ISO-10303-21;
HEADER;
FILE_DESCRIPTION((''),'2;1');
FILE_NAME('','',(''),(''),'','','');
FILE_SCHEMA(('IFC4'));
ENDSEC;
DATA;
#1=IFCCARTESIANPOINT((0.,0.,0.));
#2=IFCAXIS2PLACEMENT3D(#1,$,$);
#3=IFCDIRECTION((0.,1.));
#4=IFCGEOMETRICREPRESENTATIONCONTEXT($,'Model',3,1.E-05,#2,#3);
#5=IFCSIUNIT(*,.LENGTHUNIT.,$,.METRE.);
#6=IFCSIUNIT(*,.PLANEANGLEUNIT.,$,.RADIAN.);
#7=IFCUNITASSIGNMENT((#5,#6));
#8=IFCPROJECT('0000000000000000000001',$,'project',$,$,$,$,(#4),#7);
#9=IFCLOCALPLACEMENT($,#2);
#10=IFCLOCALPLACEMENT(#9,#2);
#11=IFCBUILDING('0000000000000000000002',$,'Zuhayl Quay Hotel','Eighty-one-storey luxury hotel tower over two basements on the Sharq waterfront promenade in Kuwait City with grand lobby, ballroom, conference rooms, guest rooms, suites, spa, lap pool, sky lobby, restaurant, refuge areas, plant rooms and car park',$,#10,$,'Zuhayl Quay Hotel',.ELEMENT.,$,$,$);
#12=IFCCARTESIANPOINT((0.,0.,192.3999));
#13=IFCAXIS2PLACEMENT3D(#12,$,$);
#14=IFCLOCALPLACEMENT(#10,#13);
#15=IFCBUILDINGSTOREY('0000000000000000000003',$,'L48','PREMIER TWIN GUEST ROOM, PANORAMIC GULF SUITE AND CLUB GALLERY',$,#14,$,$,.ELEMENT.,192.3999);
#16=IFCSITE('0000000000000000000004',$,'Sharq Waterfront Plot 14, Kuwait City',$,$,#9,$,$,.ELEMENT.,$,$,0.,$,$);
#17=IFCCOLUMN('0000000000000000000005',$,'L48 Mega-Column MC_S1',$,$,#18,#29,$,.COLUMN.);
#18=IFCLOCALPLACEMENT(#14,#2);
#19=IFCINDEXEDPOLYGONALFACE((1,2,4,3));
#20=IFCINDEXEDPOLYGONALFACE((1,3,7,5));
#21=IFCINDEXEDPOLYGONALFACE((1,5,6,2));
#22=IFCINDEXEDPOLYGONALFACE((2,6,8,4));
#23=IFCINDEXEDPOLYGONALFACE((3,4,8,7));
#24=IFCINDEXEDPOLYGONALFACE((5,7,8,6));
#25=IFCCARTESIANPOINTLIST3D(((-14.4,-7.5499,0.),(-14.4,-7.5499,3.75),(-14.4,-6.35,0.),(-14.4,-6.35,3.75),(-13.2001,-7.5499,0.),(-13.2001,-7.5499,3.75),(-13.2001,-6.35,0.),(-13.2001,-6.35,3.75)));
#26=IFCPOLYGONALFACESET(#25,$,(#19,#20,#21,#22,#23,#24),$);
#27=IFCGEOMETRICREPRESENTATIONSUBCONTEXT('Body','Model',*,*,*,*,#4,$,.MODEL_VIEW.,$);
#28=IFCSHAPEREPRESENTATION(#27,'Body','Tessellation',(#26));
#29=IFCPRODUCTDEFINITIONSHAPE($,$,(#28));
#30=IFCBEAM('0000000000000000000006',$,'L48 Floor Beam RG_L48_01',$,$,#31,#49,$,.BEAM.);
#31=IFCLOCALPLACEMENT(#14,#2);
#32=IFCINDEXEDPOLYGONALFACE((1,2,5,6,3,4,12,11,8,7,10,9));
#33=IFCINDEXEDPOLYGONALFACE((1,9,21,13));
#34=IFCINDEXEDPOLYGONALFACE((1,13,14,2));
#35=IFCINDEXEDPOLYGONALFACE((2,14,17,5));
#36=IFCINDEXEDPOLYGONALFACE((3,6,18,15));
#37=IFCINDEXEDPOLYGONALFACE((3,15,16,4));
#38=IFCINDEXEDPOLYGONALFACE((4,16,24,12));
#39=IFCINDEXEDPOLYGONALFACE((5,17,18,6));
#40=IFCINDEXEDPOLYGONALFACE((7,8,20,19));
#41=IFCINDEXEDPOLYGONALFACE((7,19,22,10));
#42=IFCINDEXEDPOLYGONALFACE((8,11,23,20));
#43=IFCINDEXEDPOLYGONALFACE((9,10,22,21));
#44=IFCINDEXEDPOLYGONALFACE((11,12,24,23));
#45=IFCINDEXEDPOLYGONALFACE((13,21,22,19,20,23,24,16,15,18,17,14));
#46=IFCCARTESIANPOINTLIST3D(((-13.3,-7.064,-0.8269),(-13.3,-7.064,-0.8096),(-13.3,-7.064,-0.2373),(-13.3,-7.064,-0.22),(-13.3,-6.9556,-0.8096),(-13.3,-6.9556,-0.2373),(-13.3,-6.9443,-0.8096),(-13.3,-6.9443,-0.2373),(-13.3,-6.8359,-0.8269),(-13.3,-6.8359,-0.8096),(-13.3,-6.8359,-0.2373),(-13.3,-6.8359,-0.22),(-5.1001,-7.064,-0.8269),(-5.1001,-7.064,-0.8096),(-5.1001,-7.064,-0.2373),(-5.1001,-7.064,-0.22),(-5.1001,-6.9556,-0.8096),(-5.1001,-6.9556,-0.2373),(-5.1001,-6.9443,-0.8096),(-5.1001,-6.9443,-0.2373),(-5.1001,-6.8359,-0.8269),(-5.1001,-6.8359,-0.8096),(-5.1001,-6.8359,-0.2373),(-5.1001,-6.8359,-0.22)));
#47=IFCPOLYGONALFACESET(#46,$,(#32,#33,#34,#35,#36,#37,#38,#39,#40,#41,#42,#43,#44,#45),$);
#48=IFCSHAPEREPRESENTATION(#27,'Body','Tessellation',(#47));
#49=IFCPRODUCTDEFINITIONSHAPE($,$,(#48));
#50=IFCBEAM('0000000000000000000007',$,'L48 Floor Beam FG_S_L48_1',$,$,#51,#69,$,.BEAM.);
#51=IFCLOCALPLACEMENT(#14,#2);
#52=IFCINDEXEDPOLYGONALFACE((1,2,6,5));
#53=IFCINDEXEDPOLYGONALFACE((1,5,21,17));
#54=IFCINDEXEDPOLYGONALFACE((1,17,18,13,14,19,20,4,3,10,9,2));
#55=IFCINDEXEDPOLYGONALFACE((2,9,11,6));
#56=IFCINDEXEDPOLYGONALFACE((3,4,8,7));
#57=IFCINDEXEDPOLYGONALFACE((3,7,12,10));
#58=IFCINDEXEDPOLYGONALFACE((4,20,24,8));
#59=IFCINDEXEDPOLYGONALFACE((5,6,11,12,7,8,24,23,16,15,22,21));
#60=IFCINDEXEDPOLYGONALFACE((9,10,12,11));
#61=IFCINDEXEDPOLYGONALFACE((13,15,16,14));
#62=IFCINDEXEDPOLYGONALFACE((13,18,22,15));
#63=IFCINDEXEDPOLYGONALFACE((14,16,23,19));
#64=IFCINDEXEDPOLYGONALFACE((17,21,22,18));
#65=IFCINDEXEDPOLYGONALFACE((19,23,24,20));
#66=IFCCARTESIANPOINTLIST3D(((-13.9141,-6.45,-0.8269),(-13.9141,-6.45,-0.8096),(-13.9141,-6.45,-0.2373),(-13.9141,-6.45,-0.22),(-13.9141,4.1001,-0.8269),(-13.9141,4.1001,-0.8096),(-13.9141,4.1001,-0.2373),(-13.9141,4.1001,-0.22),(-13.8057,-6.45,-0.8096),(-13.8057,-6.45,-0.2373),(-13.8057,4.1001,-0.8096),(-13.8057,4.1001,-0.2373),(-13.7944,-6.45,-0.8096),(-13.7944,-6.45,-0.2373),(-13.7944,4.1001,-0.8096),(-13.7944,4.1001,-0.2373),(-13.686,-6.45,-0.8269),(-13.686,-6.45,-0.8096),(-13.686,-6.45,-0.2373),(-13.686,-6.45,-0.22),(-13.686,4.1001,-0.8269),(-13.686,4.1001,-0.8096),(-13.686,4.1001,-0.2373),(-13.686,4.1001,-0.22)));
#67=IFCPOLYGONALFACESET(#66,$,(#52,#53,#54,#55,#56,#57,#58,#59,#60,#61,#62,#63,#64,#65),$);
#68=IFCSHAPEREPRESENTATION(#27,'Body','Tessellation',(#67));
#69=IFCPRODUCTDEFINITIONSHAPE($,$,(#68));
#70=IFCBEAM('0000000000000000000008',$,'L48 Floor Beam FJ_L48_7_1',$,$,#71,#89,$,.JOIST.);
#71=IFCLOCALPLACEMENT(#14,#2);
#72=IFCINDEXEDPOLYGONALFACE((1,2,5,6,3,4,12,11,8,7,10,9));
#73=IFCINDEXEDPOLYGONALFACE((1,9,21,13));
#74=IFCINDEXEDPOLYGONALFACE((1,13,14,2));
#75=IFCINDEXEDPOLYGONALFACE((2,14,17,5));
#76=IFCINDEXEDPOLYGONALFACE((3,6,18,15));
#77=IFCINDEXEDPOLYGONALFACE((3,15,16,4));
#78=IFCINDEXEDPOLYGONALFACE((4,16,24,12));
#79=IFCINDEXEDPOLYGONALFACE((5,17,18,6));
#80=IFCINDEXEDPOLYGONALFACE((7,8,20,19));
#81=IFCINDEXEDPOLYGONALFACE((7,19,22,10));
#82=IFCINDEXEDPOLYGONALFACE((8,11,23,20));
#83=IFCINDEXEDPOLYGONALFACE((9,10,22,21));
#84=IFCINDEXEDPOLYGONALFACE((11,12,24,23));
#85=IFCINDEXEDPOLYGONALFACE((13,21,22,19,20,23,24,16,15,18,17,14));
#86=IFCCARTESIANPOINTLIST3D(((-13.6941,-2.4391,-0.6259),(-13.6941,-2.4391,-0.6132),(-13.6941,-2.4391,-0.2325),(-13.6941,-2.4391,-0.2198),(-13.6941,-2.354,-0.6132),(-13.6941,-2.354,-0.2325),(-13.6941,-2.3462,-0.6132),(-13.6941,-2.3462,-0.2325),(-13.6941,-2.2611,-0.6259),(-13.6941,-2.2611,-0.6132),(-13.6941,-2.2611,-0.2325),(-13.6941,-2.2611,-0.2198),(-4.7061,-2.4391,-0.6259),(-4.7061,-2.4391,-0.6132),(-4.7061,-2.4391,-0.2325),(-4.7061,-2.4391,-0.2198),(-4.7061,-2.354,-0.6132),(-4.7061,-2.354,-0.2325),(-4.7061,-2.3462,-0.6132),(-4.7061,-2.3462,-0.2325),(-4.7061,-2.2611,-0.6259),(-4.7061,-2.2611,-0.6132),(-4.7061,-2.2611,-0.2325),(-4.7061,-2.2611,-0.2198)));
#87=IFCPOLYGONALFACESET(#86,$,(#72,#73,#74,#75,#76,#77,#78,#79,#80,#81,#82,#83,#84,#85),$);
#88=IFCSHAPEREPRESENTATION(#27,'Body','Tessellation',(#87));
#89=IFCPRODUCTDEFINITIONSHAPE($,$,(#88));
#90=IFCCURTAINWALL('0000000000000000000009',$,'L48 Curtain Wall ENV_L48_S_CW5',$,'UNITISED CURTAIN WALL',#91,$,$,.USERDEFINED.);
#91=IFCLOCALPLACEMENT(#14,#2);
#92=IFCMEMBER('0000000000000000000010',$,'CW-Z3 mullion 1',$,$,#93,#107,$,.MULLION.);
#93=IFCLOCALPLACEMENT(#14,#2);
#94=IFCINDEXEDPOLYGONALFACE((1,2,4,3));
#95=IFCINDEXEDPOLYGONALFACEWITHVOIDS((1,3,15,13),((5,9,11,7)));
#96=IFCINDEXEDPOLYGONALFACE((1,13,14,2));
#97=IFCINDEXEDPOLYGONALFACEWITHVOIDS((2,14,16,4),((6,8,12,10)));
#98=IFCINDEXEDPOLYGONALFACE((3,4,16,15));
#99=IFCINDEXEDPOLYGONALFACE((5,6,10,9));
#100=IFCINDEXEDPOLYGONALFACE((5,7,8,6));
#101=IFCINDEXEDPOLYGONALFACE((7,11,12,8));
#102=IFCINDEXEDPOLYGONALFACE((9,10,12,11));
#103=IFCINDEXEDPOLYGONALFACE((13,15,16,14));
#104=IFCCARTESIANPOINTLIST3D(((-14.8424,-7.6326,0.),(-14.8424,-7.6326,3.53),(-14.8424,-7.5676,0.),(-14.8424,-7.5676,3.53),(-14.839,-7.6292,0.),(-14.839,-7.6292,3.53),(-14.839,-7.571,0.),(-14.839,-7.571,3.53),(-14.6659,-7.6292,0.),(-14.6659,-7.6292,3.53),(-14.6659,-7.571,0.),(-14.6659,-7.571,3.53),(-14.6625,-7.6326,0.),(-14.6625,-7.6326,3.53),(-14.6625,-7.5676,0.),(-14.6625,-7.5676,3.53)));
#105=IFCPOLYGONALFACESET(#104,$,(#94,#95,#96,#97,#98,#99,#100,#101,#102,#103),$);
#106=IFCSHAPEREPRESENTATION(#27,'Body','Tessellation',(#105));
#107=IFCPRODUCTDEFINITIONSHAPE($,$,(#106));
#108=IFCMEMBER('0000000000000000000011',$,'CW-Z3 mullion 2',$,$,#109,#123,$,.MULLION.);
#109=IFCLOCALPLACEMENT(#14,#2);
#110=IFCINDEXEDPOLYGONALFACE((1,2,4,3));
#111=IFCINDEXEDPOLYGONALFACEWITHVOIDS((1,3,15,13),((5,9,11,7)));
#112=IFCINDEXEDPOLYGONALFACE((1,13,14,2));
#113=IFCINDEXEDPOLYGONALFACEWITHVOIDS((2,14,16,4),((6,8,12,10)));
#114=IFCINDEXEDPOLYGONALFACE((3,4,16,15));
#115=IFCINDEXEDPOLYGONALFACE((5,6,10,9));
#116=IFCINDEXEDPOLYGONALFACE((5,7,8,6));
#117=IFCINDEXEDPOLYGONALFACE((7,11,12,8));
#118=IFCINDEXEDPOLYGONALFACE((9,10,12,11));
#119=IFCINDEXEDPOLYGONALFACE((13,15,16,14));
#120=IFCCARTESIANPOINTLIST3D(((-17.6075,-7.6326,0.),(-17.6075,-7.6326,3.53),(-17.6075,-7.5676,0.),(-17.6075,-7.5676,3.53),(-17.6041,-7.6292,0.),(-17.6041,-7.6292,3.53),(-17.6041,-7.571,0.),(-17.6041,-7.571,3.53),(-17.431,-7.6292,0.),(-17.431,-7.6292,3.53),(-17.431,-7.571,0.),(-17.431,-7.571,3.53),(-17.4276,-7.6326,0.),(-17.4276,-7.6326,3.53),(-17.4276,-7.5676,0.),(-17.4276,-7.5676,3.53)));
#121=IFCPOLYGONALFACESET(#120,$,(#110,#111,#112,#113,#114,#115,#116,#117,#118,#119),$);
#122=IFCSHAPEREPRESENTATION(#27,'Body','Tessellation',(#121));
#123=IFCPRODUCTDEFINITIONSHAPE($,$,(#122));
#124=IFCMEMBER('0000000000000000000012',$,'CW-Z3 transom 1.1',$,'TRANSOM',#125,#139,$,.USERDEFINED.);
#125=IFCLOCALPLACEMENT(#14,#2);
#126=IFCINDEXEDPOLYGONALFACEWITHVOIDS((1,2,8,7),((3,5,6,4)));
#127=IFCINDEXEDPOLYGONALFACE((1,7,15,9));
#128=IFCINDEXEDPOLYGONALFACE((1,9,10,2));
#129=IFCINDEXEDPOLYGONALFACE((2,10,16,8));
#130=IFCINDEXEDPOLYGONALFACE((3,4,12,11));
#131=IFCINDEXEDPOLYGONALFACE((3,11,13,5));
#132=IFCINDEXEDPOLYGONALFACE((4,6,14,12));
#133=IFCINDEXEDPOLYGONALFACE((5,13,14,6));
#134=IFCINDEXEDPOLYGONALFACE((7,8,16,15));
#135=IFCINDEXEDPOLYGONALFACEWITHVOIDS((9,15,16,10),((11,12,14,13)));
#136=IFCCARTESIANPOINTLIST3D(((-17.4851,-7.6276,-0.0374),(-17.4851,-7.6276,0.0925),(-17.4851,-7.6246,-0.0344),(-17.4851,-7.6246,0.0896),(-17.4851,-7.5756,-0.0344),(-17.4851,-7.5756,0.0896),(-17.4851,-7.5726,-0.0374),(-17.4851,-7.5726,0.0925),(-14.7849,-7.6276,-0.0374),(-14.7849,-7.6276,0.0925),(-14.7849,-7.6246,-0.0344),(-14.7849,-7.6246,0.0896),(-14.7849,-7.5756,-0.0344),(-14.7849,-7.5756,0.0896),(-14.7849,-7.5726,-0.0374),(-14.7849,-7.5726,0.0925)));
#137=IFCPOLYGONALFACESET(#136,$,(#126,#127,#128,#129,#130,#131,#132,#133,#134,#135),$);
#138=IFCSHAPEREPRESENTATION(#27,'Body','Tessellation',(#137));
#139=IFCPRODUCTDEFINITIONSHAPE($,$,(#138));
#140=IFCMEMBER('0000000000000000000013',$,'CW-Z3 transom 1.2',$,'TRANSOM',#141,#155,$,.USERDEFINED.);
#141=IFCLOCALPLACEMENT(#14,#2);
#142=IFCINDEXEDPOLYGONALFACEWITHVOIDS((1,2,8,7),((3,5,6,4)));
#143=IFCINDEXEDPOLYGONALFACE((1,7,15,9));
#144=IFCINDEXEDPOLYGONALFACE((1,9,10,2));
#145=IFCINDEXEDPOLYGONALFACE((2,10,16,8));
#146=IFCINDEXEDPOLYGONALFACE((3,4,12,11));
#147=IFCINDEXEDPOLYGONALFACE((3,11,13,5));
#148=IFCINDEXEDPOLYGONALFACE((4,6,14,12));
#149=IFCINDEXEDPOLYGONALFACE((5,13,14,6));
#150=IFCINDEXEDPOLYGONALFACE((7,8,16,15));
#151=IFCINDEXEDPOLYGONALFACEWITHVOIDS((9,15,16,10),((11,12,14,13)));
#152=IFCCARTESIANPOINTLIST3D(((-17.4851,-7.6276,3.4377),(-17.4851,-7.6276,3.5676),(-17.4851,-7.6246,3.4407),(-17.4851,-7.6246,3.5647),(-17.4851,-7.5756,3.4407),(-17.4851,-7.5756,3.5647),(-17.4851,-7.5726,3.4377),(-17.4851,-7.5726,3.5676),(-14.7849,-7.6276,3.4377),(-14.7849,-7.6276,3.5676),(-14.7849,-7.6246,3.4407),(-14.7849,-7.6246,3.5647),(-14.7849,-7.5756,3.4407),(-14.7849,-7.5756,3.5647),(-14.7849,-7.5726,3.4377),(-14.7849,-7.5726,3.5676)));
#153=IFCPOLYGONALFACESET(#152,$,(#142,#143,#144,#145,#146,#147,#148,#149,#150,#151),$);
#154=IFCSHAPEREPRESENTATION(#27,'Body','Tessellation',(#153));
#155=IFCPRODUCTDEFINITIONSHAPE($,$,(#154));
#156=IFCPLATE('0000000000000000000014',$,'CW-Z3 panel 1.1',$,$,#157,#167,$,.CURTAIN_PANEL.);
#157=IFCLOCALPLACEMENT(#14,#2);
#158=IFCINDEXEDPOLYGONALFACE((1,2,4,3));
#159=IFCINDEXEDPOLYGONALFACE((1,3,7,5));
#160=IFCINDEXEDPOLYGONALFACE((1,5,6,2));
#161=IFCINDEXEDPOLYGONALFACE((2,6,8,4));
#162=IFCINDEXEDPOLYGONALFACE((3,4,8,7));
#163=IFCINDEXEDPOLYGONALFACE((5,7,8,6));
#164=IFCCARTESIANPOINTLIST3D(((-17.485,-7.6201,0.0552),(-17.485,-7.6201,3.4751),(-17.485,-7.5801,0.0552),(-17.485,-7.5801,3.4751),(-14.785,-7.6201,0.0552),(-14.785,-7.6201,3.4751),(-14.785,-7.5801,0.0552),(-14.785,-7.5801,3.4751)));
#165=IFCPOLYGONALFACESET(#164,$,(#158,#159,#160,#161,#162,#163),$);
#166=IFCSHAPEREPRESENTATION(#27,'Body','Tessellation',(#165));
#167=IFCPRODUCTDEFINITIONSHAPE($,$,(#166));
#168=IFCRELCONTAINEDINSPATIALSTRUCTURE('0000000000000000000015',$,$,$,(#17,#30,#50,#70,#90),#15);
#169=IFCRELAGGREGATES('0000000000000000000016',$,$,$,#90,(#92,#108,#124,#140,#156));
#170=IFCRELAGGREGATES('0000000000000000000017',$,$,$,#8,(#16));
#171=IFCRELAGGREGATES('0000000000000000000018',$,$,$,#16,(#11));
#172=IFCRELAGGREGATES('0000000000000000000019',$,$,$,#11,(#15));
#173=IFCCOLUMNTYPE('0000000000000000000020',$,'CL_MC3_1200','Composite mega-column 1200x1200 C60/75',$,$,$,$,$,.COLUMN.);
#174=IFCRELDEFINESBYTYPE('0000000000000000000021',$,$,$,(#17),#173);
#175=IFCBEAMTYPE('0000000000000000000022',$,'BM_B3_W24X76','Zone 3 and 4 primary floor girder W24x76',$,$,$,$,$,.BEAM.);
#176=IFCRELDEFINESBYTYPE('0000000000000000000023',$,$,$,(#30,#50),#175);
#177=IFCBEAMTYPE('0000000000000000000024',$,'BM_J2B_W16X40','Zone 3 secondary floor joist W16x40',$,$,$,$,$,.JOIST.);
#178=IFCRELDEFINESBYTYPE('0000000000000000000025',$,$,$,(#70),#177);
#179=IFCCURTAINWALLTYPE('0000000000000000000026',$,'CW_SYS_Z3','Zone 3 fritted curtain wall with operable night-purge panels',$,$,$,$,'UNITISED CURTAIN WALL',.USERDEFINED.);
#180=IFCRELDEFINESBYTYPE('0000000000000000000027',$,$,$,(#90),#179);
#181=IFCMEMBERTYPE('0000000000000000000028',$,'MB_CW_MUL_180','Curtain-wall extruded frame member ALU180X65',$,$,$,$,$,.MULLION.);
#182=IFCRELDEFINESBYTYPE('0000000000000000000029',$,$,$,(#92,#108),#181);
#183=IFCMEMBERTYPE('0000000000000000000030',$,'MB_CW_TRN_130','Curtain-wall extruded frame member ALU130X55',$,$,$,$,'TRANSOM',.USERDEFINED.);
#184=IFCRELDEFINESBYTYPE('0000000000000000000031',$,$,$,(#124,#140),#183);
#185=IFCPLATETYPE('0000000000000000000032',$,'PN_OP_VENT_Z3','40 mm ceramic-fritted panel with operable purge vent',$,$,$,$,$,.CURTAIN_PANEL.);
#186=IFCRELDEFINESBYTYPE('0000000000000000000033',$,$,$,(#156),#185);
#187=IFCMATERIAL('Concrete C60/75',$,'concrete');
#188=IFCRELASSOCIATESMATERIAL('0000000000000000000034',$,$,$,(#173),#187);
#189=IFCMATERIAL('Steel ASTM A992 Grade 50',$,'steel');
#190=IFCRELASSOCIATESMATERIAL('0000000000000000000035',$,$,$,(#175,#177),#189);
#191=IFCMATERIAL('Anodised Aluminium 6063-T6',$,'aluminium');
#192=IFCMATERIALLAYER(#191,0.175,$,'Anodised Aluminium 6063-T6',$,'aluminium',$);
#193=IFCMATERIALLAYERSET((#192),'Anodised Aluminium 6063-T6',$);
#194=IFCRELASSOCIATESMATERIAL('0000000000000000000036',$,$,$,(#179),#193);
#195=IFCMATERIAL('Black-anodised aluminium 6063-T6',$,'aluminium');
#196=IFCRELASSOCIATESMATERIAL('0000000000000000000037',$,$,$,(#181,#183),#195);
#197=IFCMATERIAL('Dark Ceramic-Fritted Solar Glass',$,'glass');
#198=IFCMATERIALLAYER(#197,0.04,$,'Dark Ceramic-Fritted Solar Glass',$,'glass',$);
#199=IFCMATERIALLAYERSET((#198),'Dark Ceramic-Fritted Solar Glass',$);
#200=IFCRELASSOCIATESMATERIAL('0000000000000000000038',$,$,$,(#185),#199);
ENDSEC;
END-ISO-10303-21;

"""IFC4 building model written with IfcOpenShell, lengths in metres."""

from ifc_helpers import new_model, si_unit, direction, frame, origin, origin_2d, place, context, subcontext, project, spatial, rectangle, hollow_rectangle, i_section, extrude, material, layer, layer_set, material_profile, profile_set, type_object, element, aggregate, save


model = new_model("IFC4")

# Units and contexts
model_context = context("Model", 3, precision=1e-05, world=origin(), true_north=direction((0.0, 1.0)))
body_context = subcontext(model_context, "Body", "Model", "MODEL_VIEW")
ifc_project = project(units=[si_unit("LENGTHUNIT", "METRE"), si_unit("PLANEANGLEUNIT", "RADIAN")], contexts=[model_context])

# Site, building, storey
site_placement = place(None, origin())
site = spatial("IfcSite", under=ifc_project, at=site_placement, Name="Sharq Waterfront Plot 14, Kuwait City", CompositionType="ELEMENT", RefElevation=0.0)
building_placement = place(site_placement, origin())
building = spatial("IfcBuilding", under=site, at=building_placement, Name="Zuhayl Quay Hotel", Description="Eighty-one-storey luxury hotel tower over two basements on the Sharq waterfront promenade in Kuwait City with grand lobby, ballroom, conference rooms, guest rooms, suites, spa, lap pool, sky lobby, restaurant, refuge areas, plant rooms and car park", LongName="Zuhayl Quay Hotel", CompositionType="ELEMENT")
storey_placement = place(building_placement, frame((0.0, 0.0, 192.3999)))
storey = spatial("IfcBuildingStorey", under=building, at=storey_placement, Name="L48", Description="PREMIER TWIN GUEST ROOM, PANORAMIC GULF SUITE AND CLUB GALLERY", CompositionType="ELEMENT", Elevation=192.3999)

# Column
ifc_material_1 = material(Name="Concrete C60/75", Category="concrete")
ifc_material_profile_1 = material_profile(ifc_material_1, rectangle(XDim=1.2, YDim=1.2, at=origin_2d()), Name="RC1200X1200")
ifc_profile_set_1 = profile_set([ifc_material_profile_1], Name="Concrete C60/75")
column_type = type_object("IfcColumnType", Name="CL_MC3_1200", Description="Composite mega-column 1200x1200 C60/75", PredefinedType="COLUMN", material=ifc_profile_set_1)
column_placement = place(storey_placement, frame((-13.8, -6.95, 0.0), z_axis=(0.0, 0.0, 1.0), x_axis=(1.0, 0.0, 0.0)))
element("IfcColumn", 1, at=column_placement, inside=storey, type_object=column_type, Name="L48 Mega-Column MC_S1", PredefinedType="COLUMN", context=body_context, shape_type="SweptSolid", body=[
    extrude(rectangle(XDim=1.2, YDim=1.2, at=origin_2d()), origin(), (0.0, 0.0, 1.0), 3.75),
])

# Beams
ifc_material_2 = material(Name="Steel ASTM A992 Grade 50", Category="steel")
ifc_material_profile_2 = material_profile(ifc_material_2, i_section(OverallWidth=0.228, OverallDepth=0.6069, WebThickness=0.0112, FlangeThickness=0.0173, at=origin_2d()), Name="W24X76")
ifc_profile_set_2 = profile_set([ifc_material_profile_2], Name="Steel ASTM A992 Grade 50")
beam_type_1 = type_object("IfcBeamType", Name="BM_B3_W24X76", Description="Zone 3 and 4 primary floor girder W24x76", PredefinedType="BEAM", material=ifc_profile_set_2)
beam_1_placement = place(storey_placement, frame((-13.3, -6.95, -0.5234), z_axis=(1.0, 0.0, 0.0), x_axis=(0.0, 1.0, 0.0)))
element("IfcBeam", 2, at=beam_1_placement, inside=storey, type_object=beam_type_1, Name="L48 Floor Beam RG_L48_01", PredefinedType="BEAM", context=body_context, shape_type="SweptSolid", body=[
    extrude(i_section(OverallWidth=0.228, OverallDepth=0.6069, WebThickness=0.0112, FlangeThickness=0.0173, at=origin_2d()), origin(), (0.0, 0.0, 1.0), 8.2),
])
beam_2_placement = place(storey_placement, frame((-13.8, -6.45, -0.5234), z_axis=(0.0, 1.0, 0.0), x_axis=(-1.0, 0.0, 0.0)))
element("IfcBeam", 3, at=beam_2_placement, inside=storey, type_object=beam_type_1, Name="L48 Floor Beam FG_S_L48_1", PredefinedType="BEAM", context=body_context, shape_type="SweptSolid", body=[
    extrude(i_section(OverallWidth=0.228, OverallDepth=0.6069, WebThickness=0.0112, FlangeThickness=0.0173, at=origin_2d()), origin(), (0.0, 0.0, 1.0), 10.55),
])
ifc_material_profile_3 = material_profile(ifc_material_2, i_section(OverallWidth=0.178, OverallDepth=0.406, WebThickness=0.0078, FlangeThickness=0.0127, at=origin_2d()), Name="W16X40")
ifc_profile_set_3 = profile_set([ifc_material_profile_3], Name="Steel ASTM A992 Grade 50")
beam_type_2 = type_object("IfcBeamType", Name="BM_J2B_W16X40", Description="Zone 3 secondary floor joist W16x40", PredefinedType="JOIST", material=ifc_profile_set_3)
beam_3_placement = place(storey_placement, frame((-13.6941, -2.3501, -0.4229), z_axis=(1.0, 0.0, 0.0), x_axis=(0.0, 1.0, 0.0)))
element("IfcBeam", 4, at=beam_3_placement, inside=storey, type_object=beam_type_2, Name="L48 Floor Beam FJ_L48_7_1", PredefinedType="JOIST", context=body_context, shape_type="SweptSolid", body=[
    extrude(i_section(OverallWidth=0.178, OverallDepth=0.406, WebThickness=0.0078, FlangeThickness=0.0127, at=origin_2d()), origin(), (0.0, 0.0, 1.0), 8.988),
])

# Curtain wall, members, plate
ifc_material_3 = material(Name="Anodised Aluminium 6063-T6", Category="aluminium")
ifc_layer_1 = layer(ifc_material_3, 0.175, Name="Anodised Aluminium 6063-T6", Category="aluminium")
ifc_layer_set_1 = layer_set([ifc_layer_1], Name="Anodised Aluminium 6063-T6")
curtain_wall_type = type_object("IfcCurtainWallType", Name="CW_SYS_Z3", Description="Zone 3 fritted curtain wall with operable night-purge panels", ElementType="UNITISED CURTAIN WALL", PredefinedType="USERDEFINED", material=ifc_layer_set_1)
curtain_wall_placement = place(storey_placement, origin())
curtain_wall = element("IfcCurtainWall", 5, at=curtain_wall_placement, inside=storey, type_object=curtain_wall_type, Name="L48 Curtain Wall ENV_L48_S_CW5", ObjectType="UNITISED CURTAIN WALL", PredefinedType="USERDEFINED")
ifc_material_4 = material(Name="Black-anodised aluminium 6063-T6", Category="aluminium")
ifc_material_profile_4 = material_profile(ifc_material_4, hollow_rectangle(XDim=0.0649, YDim=0.1799, WallThickness=0.0034, at=origin_2d()), Name="ALU180X65")
ifc_profile_set_4 = profile_set([ifc_material_profile_4], Name="Black-anodised aluminium 6063-T6")
member_type_1 = type_object("IfcMemberType", Name="MB_CW_MUL_180", Description="Curtain-wall extruded frame member ALU180X65", PredefinedType="MULLION", material=ifc_profile_set_4)
member_1_placement = place(storey_placement, frame((-14.7524, -7.6001, 0.0), z_axis=(0.0, 0.0, 1.0), x_axis=(0.0, -1.0, 0.0)))
member_1 = element("IfcMember", 6, at=member_1_placement, type_object=member_type_1, Name="CW-Z3 mullion 1", PredefinedType="MULLION", context=body_context, shape_type="SweptSolid", body=[
    extrude(hollow_rectangle(XDim=0.0649, YDim=0.1799, WallThickness=0.0034, at=origin_2d()), origin(), (0.0, 0.0, 1.0), 3.53),
])
member_2_placement = place(storey_placement, frame((-17.5176, -7.6001, 0.0), z_axis=(0.0, 0.0, 1.0), x_axis=(0.0, -1.0, 0.0)))
member_2 = element("IfcMember", 7, at=member_2_placement, type_object=member_type_1, Name="CW-Z3 mullion 2", PredefinedType="MULLION", context=body_context, shape_type="SweptSolid", body=[
    extrude(hollow_rectangle(XDim=0.0649, YDim=0.1799, WallThickness=0.0034, at=origin_2d()), origin(), (0.0, 0.0, 1.0), 3.53),
])
ifc_material_profile_5 = material_profile(ifc_material_4, hollow_rectangle(XDim=0.0549, YDim=0.1299, WallThickness=0.0029, at=origin_2d()), Name="ALU130X55")
ifc_profile_set_5 = profile_set([ifc_material_profile_5], Name="Black-anodised aluminium 6063-T6")
member_type_2 = type_object("IfcMemberType", Name="MB_CW_TRN_130", Description="Curtain-wall extruded frame member ALU130X55", ElementType="TRANSOM", PredefinedType="USERDEFINED", material=ifc_profile_set_5)
member_3_placement = place(storey_placement, frame((-14.7849, -7.6001, 0.0276), z_axis=(-1.0, 0.0, 0.0), x_axis=(0.0, -1.0, 0.0)))
member_3 = element("IfcMember", 8, at=member_3_placement, type_object=member_type_2, Name="CW-Z3 transom 1.1", ObjectType="TRANSOM", PredefinedType="USERDEFINED", context=body_context, shape_type="SweptSolid", body=[
    extrude(hollow_rectangle(XDim=0.0549, YDim=0.1299, WallThickness=0.0029, at=origin_2d()), origin(), (0.0, 0.0, 1.0), 2.7002),
])
member_4_placement = place(storey_placement, frame((-14.7849, -7.6001, 3.5027), z_axis=(-1.0, 0.0, 0.0), x_axis=(0.0, -1.0, 0.0)))
member_4 = element("IfcMember", 9, at=member_4_placement, type_object=member_type_2, Name="CW-Z3 transom 1.2", ObjectType="TRANSOM", PredefinedType="USERDEFINED", context=body_context, shape_type="SweptSolid", body=[
    extrude(hollow_rectangle(XDim=0.0549, YDim=0.1299, WallThickness=0.0029, at=origin_2d()), origin(), (0.0, 0.0, 1.0), 2.7002),
])
ifc_material_5 = material(Name="Dark Ceramic-Fritted Solar Glass", Category="glass")
ifc_layer_2 = layer(ifc_material_5, 0.04, Name="Dark Ceramic-Fritted Solar Glass", Category="glass")
ifc_layer_set_2 = layer_set([ifc_layer_2], Name="Dark Ceramic-Fritted Solar Glass")
plate_type = type_object("IfcPlateType", Name="PN_OP_VENT_Z3", Description="40 mm ceramic-fritted panel with operable purge vent", PredefinedType="CURTAIN_PANEL", material=ifc_layer_set_2)
plate_placement = place(storey_placement, frame((-16.135, -7.6001, 0.0552), z_axis=(0.0, 0.0, 1.0), x_axis=(-1.0, 0.0, 0.0)))
plate = element("IfcPlate", 10, at=plate_placement, type_object=plate_type, Name="CW-Z3 panel 1.1", PredefinedType="CURTAIN_PANEL", context=body_context, shape_type="SweptSolid", body=[
    extrude(rectangle(XDim=2.7, YDim=0.04, at=origin_2d()), origin(), (0.0, 0.0, 1.0), 3.4199),
])
aggregate(curtain_wall, [member_1, member_2, member_3, member_4, plate])

save(model, "model.ifc")
